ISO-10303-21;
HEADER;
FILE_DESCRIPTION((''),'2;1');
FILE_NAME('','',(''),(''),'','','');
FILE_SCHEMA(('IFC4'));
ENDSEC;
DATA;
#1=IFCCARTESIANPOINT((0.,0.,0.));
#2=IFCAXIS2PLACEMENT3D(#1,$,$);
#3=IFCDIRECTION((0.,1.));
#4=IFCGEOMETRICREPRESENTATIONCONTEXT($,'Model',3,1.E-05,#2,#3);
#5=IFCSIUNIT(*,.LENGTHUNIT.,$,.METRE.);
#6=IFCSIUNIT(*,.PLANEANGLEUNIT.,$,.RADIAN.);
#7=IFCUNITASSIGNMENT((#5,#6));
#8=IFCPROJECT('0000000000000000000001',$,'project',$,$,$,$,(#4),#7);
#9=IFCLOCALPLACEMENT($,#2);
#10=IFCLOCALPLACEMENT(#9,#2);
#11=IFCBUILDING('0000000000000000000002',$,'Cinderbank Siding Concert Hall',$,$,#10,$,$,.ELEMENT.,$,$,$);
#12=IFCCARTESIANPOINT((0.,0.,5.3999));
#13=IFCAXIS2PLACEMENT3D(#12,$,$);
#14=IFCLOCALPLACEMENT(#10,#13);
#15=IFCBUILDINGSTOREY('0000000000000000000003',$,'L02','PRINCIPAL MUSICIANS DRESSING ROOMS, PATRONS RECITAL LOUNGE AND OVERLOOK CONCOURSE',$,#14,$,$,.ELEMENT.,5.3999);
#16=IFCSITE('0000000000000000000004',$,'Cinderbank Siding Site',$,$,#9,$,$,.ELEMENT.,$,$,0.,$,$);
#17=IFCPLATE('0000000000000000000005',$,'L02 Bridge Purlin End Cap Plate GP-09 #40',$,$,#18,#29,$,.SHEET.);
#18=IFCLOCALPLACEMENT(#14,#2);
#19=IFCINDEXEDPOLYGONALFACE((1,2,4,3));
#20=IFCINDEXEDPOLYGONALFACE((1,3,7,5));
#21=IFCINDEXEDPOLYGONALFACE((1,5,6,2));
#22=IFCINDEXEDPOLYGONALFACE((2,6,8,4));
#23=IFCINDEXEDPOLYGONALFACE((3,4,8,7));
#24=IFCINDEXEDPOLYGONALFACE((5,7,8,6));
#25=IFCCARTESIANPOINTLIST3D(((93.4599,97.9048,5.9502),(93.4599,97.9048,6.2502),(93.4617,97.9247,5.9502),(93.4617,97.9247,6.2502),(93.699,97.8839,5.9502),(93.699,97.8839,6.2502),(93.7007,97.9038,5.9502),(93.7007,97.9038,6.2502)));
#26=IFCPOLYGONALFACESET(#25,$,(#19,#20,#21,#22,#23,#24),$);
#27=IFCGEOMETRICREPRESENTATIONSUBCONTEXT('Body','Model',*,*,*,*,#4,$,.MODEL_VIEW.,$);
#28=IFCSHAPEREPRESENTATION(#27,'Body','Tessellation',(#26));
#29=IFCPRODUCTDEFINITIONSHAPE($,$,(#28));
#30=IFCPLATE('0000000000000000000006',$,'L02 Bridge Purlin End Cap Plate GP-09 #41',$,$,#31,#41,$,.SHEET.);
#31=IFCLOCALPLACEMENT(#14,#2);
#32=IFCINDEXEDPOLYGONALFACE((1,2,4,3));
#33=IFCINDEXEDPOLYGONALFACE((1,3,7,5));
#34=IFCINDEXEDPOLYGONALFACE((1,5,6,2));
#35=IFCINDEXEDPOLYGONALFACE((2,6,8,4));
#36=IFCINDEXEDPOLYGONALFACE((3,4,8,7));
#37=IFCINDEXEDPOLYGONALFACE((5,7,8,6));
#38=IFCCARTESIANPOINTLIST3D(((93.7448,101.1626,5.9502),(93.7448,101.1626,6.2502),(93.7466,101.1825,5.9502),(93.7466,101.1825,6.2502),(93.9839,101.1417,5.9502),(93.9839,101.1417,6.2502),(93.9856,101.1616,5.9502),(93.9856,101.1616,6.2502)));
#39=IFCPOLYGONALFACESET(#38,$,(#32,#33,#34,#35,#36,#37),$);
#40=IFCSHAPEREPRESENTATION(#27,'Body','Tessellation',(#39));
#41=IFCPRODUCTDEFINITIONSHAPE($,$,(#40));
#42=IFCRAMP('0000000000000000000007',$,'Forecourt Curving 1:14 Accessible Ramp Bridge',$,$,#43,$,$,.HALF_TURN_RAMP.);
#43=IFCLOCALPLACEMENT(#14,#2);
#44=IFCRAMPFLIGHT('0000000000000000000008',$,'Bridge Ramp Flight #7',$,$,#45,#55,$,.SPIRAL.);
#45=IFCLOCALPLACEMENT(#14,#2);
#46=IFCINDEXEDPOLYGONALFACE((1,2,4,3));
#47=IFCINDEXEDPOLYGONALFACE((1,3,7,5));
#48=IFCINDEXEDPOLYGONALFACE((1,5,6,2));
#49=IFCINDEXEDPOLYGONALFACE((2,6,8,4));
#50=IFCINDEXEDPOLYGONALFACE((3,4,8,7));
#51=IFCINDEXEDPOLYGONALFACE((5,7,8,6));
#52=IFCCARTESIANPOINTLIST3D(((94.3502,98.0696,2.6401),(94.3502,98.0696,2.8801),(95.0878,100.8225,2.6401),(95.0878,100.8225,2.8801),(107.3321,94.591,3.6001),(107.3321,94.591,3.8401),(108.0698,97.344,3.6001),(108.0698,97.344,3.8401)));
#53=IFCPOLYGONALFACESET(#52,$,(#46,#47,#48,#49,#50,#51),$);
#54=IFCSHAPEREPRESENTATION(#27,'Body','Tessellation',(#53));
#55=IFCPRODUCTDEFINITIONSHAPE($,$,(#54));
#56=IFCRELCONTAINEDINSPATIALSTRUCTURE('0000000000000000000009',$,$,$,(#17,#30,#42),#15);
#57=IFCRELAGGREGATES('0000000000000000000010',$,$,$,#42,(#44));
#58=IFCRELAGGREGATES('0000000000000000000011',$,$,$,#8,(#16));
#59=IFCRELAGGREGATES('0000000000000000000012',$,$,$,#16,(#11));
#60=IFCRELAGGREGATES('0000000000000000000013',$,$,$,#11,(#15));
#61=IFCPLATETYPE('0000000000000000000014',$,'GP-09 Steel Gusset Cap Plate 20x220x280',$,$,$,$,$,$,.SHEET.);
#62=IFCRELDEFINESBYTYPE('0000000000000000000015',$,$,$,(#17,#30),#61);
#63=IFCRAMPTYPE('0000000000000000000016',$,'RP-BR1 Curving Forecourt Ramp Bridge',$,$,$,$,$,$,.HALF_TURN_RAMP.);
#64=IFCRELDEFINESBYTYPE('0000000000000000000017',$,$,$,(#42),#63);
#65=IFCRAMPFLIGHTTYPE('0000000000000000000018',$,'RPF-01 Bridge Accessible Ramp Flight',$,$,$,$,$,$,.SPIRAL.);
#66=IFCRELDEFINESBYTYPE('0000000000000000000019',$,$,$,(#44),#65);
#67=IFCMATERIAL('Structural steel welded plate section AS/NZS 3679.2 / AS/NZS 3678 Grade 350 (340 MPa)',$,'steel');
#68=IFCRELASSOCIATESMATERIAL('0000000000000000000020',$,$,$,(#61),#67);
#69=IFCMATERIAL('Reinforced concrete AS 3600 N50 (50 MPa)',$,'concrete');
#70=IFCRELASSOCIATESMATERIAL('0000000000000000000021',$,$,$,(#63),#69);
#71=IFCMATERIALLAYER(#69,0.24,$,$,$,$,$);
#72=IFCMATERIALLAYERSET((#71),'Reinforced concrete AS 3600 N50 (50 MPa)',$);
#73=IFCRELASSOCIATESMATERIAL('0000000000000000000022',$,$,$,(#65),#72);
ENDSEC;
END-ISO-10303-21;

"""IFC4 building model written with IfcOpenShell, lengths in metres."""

from ifc_helpers import new_model, si_unit, direction, frame, origin, origin_2d, place, context, subcontext, project, spatial, polyline, rectangle, outline, extrude, material, layer, layer_set, type_object, element, aggregate, save


model = new_model("IFC4")

# Units and contexts
model_context = context("Model", 3, precision=1e-05, world=origin(), true_north=direction((0.0, 1.0)))
body_context = subcontext(model_context, "Body", "Model", "MODEL_VIEW")
ifc_project = project(units=[si_unit("LENGTHUNIT", "METRE"), si_unit("PLANEANGLEUNIT", "RADIAN")], contexts=[model_context])

# Site, building, storey
site_placement = place(None, origin())
site = spatial("IfcSite", under=ifc_project, at=site_placement, Name="Cinderbank Siding Site", CompositionType="ELEMENT", RefElevation=0.0)
building_placement = place(site_placement, origin())
building = spatial("IfcBuilding", under=site, at=building_placement, Name="Cinderbank Siding Concert Hall", CompositionType="ELEMENT")
storey_placement = place(building_placement, frame((0.0, 0.0, 5.3999)))
storey = spatial("IfcBuildingStorey", under=building, at=storey_placement, Name="L02", Description="PRINCIPAL MUSICIANS DRESSING ROOMS, PATRONS RECITAL LOUNGE AND OVERLOOK CONCOURSE", CompositionType="ELEMENT", Elevation=5.3999)

# Plates
ifc_material_1 = material(Name="Structural steel welded plate section AS/NZS 3679.2 / AS/NZS 3678 Grade 350 (340 MPa)", Category="steel")
plate_type_1 = type_object("IfcPlateType", Name="GP-09 Steel Gusset Cap Plate 20x220x280", PredefinedType="SHEET", material=ifc_material_1)
for number, where, z_axis, x_axis, name in (
    (1, (93.5803, 97.9043, 5.9502), (0.0, 0.0, 1.0), (0.087156, 0.996195, 0.0), "L02 Bridge Purlin End Cap Plate GP-09 #40"),
    (2, (93.8652, 101.1621, 5.9502), (0.0, 0.0, 1.0), (0.087156, 0.996195, 0.0), "L02 Bridge Purlin End Cap Plate GP-09 #41"),
):
    element("IfcPlate", number, at=place(storey_placement, frame(where, z_axis=z_axis, x_axis=x_axis)), inside=storey, type_object=plate_type_1, Name=name, PredefinedType="SHEET", context=body_context, shape_type="SweptSolid", body=[
        extrude(rectangle(XDim=0.02, YDim=0.24, at=origin_2d()), origin(), (0.0, 0.0, 1.0), 0.3),
    ])

# Ramp, ramp flight
ifc_material_2 = material(Name="Reinforced concrete AS 3600 N50 (50 MPa)", Category="concrete")
ramp_type = type_object("IfcRampType", Name="RP-BR1 Curving Forecourt Ramp Bridge", PredefinedType="HALF_TURN_RAMP", material=ifc_material_2)
ramp_placement = place(storey_placement, origin())
ramp = element("IfcRamp", 3, at=ramp_placement, inside=storey, type_object=ramp_type, Name="Forecourt Curving 1:14 Accessible Ramp Bridge", PredefinedType="HALF_TURN_RAMP")
ifc_layer_1 = layer(ifc_material_2, 0.24)
ifc_layer_set_1 = layer_set([ifc_layer_1], Name="Reinforced concrete AS 3600 N50 (50 MPa)")
ramp_flight_type = type_object("IfcRampFlightType", Name="RPF-01 Bridge Accessible Ramp Flight", PredefinedType="SPIRAL", material=ifc_layer_set_1)
ramp_flight_placement = place(storey_placement, frame((94.719, 99.446, 2.8801), z_axis=(0.0, 0.0, 1.0), x_axis=(0.965926, -0.25882, 0.0)))
ramp_flight = element("IfcRampFlight", 4, at=ramp_flight_placement, type_object=ramp_flight_type, Name="Bridge Ramp Flight #7", PredefinedType="SPIRAL", context=body_context, shape_type="SweptSolid", body=[
    extrude(outline(polyline([(0.0, 0.0), (13.4399, 0.96), (13.4399, 0.72), (0.0, -0.24), (0.0, 0.0)])), frame((0.0, 1.425, 0.0), z_axis=(0.0, -1.0, 0.0), x_axis=(1.0, 0.0, 0.0)), (0.0, 0.0, 1.0), 2.8501),
])
aggregate(ramp, [ramp_flight])

save(model, "model.ifc")
